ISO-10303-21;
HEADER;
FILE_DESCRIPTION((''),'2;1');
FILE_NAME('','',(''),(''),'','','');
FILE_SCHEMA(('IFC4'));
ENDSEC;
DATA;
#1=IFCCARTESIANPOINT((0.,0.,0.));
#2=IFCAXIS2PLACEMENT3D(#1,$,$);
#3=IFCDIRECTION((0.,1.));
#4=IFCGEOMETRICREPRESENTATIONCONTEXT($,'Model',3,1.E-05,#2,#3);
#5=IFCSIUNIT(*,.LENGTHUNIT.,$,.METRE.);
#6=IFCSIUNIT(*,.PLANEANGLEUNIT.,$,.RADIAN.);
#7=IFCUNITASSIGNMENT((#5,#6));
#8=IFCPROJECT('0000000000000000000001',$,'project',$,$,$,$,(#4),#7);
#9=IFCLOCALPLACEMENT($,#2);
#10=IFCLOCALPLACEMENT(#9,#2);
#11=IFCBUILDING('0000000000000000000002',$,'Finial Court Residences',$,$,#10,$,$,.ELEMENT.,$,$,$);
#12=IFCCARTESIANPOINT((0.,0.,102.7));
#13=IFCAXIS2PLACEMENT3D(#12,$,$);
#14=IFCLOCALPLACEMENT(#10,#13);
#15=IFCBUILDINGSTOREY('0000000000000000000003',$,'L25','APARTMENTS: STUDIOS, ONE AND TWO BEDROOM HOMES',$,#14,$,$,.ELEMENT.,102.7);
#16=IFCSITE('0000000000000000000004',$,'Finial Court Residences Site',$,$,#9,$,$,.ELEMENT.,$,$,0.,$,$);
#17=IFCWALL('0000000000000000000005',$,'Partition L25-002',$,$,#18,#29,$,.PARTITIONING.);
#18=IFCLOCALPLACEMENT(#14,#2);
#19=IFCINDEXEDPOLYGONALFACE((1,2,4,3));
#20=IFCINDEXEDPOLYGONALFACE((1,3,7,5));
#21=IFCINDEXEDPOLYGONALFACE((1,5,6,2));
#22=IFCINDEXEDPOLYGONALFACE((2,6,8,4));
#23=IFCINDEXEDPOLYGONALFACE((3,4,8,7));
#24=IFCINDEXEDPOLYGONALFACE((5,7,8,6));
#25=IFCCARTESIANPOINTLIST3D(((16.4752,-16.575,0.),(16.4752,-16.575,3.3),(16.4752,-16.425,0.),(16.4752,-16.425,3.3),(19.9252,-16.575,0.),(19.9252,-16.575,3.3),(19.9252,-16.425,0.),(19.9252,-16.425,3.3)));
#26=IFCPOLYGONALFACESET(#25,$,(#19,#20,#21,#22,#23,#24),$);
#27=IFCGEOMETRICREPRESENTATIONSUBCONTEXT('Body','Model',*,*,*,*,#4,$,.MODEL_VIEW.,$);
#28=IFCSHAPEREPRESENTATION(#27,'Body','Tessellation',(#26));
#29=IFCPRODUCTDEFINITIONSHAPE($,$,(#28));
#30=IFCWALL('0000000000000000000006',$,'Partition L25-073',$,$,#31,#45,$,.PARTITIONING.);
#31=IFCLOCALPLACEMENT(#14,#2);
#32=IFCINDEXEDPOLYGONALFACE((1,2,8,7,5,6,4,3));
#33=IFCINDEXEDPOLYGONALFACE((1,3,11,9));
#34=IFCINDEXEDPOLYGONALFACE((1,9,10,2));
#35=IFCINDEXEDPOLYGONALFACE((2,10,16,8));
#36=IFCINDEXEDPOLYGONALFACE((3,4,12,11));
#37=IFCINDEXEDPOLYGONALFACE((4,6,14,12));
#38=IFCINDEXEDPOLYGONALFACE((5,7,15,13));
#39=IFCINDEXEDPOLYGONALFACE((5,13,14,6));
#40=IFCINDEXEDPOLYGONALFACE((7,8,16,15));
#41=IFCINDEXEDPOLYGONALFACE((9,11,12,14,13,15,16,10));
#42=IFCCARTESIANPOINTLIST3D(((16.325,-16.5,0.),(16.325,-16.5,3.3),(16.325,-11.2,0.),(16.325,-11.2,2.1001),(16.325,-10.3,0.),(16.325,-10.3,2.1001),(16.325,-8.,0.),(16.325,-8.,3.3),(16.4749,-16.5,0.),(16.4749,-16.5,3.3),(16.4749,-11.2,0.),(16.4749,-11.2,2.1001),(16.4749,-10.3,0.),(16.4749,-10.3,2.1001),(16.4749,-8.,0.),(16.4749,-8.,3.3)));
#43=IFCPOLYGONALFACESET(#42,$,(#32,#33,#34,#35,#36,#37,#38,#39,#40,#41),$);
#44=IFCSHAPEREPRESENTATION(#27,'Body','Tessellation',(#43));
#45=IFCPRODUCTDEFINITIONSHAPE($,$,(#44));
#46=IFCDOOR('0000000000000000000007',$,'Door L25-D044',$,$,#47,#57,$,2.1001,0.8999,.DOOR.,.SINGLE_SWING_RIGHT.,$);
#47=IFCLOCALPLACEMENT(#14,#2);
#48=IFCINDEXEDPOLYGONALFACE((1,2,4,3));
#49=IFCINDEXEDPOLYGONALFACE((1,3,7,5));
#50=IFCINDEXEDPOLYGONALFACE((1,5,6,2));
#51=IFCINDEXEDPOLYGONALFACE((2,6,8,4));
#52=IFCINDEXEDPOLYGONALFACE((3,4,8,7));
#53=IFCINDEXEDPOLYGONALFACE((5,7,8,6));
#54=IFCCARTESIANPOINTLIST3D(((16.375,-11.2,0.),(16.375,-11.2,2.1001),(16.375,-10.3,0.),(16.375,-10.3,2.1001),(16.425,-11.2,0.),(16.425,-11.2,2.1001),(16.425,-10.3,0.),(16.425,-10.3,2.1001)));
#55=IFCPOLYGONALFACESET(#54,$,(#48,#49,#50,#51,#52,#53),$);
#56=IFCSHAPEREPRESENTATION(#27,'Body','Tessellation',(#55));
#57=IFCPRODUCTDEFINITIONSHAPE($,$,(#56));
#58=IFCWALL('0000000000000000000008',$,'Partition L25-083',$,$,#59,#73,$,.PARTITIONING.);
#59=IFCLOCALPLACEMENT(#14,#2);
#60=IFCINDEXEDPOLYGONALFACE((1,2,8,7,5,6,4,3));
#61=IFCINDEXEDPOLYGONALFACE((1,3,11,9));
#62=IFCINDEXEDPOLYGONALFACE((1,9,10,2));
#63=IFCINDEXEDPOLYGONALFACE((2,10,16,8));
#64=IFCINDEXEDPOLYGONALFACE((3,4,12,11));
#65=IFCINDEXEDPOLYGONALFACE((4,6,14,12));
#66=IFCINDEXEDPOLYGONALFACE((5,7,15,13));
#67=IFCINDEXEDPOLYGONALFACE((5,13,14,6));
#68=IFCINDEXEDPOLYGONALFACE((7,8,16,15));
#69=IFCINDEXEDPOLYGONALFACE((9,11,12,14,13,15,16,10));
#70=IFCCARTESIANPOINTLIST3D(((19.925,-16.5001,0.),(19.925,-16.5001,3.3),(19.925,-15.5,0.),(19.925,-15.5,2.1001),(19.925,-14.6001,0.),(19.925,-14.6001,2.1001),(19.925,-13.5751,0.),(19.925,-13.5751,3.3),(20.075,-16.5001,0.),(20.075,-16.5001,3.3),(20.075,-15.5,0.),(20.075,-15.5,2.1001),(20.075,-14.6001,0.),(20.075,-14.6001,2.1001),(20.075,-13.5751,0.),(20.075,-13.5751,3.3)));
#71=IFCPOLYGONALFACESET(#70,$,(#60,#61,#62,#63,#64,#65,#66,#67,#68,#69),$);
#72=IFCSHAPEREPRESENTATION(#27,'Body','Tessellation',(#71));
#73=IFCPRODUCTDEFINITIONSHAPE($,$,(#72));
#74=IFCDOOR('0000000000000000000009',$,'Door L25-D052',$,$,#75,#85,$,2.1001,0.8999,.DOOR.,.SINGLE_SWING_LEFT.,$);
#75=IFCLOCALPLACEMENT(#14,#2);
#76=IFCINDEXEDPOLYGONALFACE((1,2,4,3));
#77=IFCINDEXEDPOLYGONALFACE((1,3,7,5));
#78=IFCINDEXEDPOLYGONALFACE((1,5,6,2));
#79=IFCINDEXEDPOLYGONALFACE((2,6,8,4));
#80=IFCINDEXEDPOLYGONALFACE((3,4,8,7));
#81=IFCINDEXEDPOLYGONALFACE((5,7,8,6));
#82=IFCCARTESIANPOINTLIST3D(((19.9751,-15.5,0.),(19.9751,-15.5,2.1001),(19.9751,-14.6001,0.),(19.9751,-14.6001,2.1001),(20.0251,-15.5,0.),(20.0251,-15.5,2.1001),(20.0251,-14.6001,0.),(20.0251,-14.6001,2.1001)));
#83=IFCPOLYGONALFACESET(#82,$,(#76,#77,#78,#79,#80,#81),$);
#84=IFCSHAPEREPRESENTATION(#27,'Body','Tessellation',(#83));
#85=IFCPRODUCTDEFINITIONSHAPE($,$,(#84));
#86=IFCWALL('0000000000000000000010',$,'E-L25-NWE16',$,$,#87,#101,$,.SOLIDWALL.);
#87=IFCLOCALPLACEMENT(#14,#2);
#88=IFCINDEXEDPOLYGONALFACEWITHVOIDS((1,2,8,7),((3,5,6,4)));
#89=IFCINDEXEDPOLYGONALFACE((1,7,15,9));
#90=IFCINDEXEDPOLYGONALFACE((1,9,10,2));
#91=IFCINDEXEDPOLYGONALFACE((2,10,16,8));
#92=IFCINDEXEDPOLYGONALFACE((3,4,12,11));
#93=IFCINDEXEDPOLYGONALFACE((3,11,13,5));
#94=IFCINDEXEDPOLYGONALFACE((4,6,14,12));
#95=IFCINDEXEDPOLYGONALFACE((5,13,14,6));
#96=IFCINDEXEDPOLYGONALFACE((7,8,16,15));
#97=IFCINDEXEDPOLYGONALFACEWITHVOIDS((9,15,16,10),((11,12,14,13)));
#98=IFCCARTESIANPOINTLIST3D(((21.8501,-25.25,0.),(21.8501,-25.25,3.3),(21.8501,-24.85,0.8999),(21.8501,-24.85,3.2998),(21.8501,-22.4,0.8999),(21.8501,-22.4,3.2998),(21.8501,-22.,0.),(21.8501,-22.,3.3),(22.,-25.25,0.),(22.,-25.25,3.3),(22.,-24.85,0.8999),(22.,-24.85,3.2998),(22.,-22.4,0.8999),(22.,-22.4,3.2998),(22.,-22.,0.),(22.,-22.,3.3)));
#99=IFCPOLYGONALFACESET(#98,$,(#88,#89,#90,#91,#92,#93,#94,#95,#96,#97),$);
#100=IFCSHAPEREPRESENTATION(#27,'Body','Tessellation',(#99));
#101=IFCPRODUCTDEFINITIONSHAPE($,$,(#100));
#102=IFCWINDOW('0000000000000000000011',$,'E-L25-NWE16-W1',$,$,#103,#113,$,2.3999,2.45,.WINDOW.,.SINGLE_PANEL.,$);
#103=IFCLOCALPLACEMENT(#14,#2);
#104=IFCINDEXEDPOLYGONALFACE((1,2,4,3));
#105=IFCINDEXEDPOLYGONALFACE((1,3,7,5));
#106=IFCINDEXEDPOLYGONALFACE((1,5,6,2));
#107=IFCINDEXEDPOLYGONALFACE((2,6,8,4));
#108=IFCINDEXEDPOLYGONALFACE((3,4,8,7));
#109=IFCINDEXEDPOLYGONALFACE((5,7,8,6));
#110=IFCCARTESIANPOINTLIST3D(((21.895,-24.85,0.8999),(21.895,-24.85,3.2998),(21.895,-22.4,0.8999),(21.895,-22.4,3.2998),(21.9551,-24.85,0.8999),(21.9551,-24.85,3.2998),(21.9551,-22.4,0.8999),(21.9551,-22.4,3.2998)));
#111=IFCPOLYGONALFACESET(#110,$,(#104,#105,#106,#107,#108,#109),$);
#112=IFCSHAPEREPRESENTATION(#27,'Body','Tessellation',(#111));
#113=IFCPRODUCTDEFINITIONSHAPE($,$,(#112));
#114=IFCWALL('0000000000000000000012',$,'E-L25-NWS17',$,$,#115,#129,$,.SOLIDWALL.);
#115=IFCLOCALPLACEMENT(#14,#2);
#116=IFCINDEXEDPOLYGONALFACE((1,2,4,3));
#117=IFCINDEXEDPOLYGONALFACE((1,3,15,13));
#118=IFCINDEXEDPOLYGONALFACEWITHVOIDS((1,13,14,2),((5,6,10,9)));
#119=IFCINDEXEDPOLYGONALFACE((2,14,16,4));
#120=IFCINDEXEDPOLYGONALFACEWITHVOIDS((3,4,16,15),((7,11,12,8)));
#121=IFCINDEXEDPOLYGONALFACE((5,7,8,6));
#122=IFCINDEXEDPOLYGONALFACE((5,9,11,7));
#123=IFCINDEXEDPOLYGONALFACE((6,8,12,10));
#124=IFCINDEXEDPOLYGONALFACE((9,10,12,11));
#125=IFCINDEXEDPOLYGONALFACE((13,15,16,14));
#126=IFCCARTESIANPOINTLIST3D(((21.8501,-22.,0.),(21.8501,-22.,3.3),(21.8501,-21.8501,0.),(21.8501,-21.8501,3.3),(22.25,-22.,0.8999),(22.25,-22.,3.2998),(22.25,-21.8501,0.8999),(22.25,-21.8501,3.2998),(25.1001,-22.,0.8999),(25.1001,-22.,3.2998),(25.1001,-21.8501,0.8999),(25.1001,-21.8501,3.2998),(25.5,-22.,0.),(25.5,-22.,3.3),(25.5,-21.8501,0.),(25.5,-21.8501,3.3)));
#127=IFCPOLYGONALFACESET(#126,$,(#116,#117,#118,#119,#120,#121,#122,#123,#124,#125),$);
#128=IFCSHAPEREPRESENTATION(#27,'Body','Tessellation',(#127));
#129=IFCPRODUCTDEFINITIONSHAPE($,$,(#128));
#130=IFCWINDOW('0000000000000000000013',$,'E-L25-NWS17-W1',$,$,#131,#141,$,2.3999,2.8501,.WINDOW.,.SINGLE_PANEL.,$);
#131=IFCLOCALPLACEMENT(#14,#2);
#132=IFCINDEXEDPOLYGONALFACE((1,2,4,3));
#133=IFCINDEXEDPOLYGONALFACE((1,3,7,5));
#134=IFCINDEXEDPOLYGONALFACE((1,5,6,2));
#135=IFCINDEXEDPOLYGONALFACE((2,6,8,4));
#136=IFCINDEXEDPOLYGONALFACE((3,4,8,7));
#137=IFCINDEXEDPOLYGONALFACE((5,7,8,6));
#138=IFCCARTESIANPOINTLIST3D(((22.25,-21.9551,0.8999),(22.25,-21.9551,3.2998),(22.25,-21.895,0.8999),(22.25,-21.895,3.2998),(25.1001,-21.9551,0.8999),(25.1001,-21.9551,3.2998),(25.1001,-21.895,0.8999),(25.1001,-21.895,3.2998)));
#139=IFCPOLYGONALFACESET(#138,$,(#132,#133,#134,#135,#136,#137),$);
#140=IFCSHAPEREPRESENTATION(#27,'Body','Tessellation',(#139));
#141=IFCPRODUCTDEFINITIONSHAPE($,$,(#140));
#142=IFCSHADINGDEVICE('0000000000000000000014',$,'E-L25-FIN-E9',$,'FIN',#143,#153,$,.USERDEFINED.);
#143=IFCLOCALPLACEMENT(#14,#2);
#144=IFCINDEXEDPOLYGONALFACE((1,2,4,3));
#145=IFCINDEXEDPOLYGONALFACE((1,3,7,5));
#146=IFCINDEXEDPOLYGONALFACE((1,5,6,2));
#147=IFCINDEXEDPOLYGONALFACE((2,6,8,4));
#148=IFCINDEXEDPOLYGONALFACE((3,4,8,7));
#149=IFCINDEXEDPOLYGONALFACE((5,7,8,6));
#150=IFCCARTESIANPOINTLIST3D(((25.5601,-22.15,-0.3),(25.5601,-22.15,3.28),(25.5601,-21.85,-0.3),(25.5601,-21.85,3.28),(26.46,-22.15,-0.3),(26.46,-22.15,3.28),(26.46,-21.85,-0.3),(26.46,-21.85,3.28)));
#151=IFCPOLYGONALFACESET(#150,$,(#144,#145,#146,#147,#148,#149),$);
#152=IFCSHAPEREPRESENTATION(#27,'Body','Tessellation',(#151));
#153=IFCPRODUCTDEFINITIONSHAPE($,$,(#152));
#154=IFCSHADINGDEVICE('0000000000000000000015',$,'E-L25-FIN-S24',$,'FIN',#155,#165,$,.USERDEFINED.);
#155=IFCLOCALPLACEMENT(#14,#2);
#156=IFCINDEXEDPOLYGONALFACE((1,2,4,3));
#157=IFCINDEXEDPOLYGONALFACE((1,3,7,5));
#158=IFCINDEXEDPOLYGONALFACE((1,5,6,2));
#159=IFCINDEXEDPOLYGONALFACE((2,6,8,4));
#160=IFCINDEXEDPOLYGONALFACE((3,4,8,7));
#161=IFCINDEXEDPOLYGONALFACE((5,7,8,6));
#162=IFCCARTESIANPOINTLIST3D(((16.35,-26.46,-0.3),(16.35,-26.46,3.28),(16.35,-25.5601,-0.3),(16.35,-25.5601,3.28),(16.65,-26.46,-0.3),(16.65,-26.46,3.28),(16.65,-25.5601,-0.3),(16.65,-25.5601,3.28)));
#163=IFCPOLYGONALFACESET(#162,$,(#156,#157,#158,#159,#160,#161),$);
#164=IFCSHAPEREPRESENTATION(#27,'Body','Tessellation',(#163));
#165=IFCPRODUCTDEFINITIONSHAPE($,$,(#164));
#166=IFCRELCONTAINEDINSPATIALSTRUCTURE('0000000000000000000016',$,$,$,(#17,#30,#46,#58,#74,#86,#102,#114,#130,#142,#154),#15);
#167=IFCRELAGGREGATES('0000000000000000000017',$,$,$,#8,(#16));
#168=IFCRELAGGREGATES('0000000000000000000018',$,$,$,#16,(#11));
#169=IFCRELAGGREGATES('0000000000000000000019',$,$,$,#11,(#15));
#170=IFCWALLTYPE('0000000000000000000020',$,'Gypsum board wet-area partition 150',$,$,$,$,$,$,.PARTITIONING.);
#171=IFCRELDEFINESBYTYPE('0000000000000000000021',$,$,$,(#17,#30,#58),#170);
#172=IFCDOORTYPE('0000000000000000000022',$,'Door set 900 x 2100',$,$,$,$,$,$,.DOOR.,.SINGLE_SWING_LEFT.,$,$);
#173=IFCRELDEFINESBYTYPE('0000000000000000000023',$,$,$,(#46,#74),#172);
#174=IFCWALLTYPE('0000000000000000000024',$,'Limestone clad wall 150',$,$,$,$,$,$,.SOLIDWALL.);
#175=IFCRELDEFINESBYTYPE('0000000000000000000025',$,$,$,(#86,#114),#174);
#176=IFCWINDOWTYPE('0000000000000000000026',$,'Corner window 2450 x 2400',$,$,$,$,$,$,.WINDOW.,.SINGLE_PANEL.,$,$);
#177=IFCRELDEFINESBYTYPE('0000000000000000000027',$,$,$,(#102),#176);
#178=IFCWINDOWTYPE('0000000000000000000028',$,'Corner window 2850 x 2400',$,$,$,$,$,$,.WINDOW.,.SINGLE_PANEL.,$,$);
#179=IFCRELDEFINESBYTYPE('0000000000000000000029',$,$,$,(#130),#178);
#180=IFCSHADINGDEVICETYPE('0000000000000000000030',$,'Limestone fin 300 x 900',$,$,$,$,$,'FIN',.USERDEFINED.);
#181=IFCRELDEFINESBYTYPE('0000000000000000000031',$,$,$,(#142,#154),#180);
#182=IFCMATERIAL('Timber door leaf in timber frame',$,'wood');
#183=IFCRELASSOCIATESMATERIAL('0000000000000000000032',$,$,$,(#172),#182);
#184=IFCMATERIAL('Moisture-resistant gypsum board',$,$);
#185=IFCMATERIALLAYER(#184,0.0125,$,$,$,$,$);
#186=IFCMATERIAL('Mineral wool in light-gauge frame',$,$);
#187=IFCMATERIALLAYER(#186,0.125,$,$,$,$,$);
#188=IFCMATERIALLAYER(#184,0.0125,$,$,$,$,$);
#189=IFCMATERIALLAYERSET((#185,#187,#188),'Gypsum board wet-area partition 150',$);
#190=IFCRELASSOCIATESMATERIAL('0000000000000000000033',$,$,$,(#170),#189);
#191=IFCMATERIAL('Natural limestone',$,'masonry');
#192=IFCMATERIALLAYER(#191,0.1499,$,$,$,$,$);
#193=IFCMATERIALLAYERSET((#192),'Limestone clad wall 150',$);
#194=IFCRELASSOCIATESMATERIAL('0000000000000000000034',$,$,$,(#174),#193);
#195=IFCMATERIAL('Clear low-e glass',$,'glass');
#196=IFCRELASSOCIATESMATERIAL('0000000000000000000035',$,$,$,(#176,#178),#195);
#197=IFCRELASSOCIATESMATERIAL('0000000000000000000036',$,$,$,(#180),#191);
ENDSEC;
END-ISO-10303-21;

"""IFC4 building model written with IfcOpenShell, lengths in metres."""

from ifc_helpers import new_model, si_unit, direction, frame, frame_2d, origin, origin_2d, place, context, subcontext, project, spatial, rectangle, extrude, material, layer, layer_set, type_object, element, fill, save


model = new_model("IFC4")

# Units and contexts
model_context = context("Model", 3, precision=1e-05, world=origin(), true_north=direction((0.0, 1.0)))
body_context = subcontext(model_context, "Body", "Model", "MODEL_VIEW")
ifc_project = project(units=[si_unit("LENGTHUNIT", "METRE"), si_unit("PLANEANGLEUNIT", "RADIAN")], contexts=[model_context])

# Site, building, storey
site_placement = place(None, origin())
site = spatial("IfcSite", under=ifc_project, at=site_placement, Name="Finial Court Residences Site", CompositionType="ELEMENT", RefElevation=0.0)
building_placement = place(site_placement, origin())
building = spatial("IfcBuilding", under=site, at=building_placement, Name="Finial Court Residences", CompositionType="ELEMENT")
storey_placement = place(building_placement, frame((0.0, 0.0, 102.7)))
storey = spatial("IfcBuildingStorey", under=building, at=storey_placement, Name="L25", Description="APARTMENTS: STUDIOS, ONE AND TWO BEDROOM HOMES", CompositionType="ELEMENT", Elevation=102.7)

# Shared definitions
ifc_material_1 = material(Name="Clear low-e glass", Category="glass")

# Shared definitions
ifc_material_2 = material(Name="Mineral wool in light-gauge frame")

# Shared definitions
ifc_material_3 = material(Name="Timber door leaf in timber frame", Category="wood")
door_type = type_object("IfcDoorType", Name="Door set 900 x 2100", OperationType="SINGLE_SWING_LEFT", PredefinedType="DOOR", material=ifc_material_3)

# Wall
ifc_material_4 = material(Name="Moisture-resistant gypsum board")
ifc_layer_1 = layer(ifc_material_4, 0.0125)
ifc_layer_2 = layer(ifc_material_2, 0.125)
ifc_layer_3 = layer(ifc_material_4, 0.0125)
ifc_layer_set_1 = layer_set([ifc_layer_1, ifc_layer_2, ifc_layer_3], Name="Gypsum board wet-area partition 150")
wall_type_1 = type_object("IfcWallType", Name="Gypsum board wet-area partition 150", PredefinedType="PARTITIONING", material=ifc_layer_set_1)
wall_1_placement = place(storey_placement, frame((16.4751, -16.5, 0.0), z_axis=(0.0, 0.0, 1.0), x_axis=(1.0, 0.0, 0.0)))
element("IfcWall", 1, at=wall_1_placement, inside=storey, type_object=wall_type_1, Name="Partition L25-002", PredefinedType="PARTITIONING", context=body_context, shape_type="SweptSolid", body=[
    extrude(rectangle(XDim=3.45, YDim=0.1499, at=frame_2d((1.7251, 0.0))), origin(), (0.0, 0.0, 1.0), 3.3),
])

# Walls, openings, doors
wall_2_placement = place(storey_placement, frame((16.3999, -16.5, 0.0), z_axis=(0.0, 0.0, 1.0), x_axis=(0.0, 1.0, 0.0)))
wall_2 = element("IfcWall", 2, at=wall_2_placement, inside=storey, type_object=wall_type_1, Name="Partition L25-073", PredefinedType="PARTITIONING", context=body_context, shape_type="SweptSolid", body=[
    extrude(rectangle(XDim=8.5, YDim=0.1499, at=frame_2d((4.25, 0.0))), origin(), (0.0, 0.0, 1.0), 3.3),
])
opening_1_placement = place(wall_2_placement, frame((5.3, 0.0, 0.0)))
opening_1 = element("IfcOpeningElement", 3, at=opening_1_placement, cuts=wall_2, PredefinedType="OPENING", context=body_context, shape_type="SweptSolid", body=[
    extrude(rectangle(XDim=0.8999, YDim=2.1001, at=frame_2d((0.45, 1.05))), frame((0.0, 0.085, 0.0), z_axis=(0.0, -1.0, 0.0), x_axis=(1.0, 0.0, 0.0)), (0.0, 0.0, 1.0), 0.1699),
])
door_1_placement = place(opening_1_placement, origin())
door_1 = element("IfcDoor", 4, at=door_1_placement, inside=storey, type_object=door_type, Name="Door L25-D044", OperationType="SINGLE_SWING_RIGHT", OverallHeight=2.1001, OverallWidth=0.8999, PredefinedType="DOOR", context=body_context, shape_type="SweptSolid", body=[
    extrude(rectangle(XDim=0.8999, YDim=2.1001, at=frame_2d((0.45, 1.05))), frame((0.0, 0.0249, 0.0), z_axis=(0.0, -1.0, 0.0), x_axis=(1.0, 0.0, 0.0)), (0.0, 0.0, 1.0), 0.05),
])
fill(opening_1, door_1)
wall_3_placement = place(storey_placement, frame((20.0, -16.5, 0.0), z_axis=(0.0, 0.0, 1.0), x_axis=(0.0, 1.0, 0.0)))
wall_3 = element("IfcWall", 5, at=wall_3_placement, inside=storey, type_object=wall_type_1, Name="Partition L25-083", PredefinedType="PARTITIONING", context=body_context, shape_type="SweptSolid", body=[
    extrude(rectangle(XDim=2.925, YDim=0.1499, at=frame_2d((1.4624, 0.0))), origin(), (0.0, 0.0, 1.0), 3.3),
])
opening_2_placement = place(wall_3_placement, frame((1.0, 0.0, 0.0)))
opening_2 = element("IfcOpeningElement", 6, at=opening_2_placement, cuts=wall_3, PredefinedType="OPENING", context=body_context, shape_type="SweptSolid", body=[
    extrude(rectangle(XDim=0.8999, YDim=2.1001, at=frame_2d((0.45, 1.05))), frame((0.0, 0.085, 0.0), z_axis=(0.0, -1.0, 0.0), x_axis=(1.0, 0.0, 0.0)), (0.0, 0.0, 1.0), 0.1699),
])
door_2_placement = place(opening_2_placement, origin())
door_2 = element("IfcDoor", 7, at=door_2_placement, inside=storey, type_object=door_type, Name="Door L25-D052", OperationType="SINGLE_SWING_LEFT", OverallHeight=2.1001, OverallWidth=0.8999, PredefinedType="DOOR", context=body_context, shape_type="SweptSolid", body=[
    extrude(rectangle(XDim=0.8999, YDim=2.1001, at=frame_2d((0.45, 1.05))), frame((0.0, 0.0249, 0.0), z_axis=(0.0, -1.0, 0.0), x_axis=(1.0, 0.0, 0.0)), (0.0, 0.0, 1.0), 0.05),
])
fill(opening_2, door_2)

# Walls, openings, windows
ifc_material_5 = material(Name="Natural limestone", Category="masonry")
ifc_layer_4 = layer(ifc_material_5, 0.1499)
ifc_layer_set_2 = layer_set([ifc_layer_4], Name="Limestone clad wall 150")
wall_type_2 = type_object("IfcWallType", Name="Limestone clad wall 150", PredefinedType="SOLIDWALL", material=ifc_layer_set_2)
wall_4_placement = place(storey_placement, frame((21.925, -22.0, 0.0), z_axis=(0.0, 0.0, 1.0), x_axis=(0.0, -1.0, 0.0)))
wall_4 = element("IfcWall", 8, at=wall_4_placement, inside=storey, type_object=wall_type_2, Name="E-L25-NWE16", PredefinedType="SOLIDWALL", context=body_context, shape_type="SweptSolid", body=[
    extrude(rectangle(XDim=3.25, YDim=0.1499, at=frame_2d((1.625, 0.0))), origin(), (0.0, 0.0, 1.0), 3.3),
])
opening_3_placement = place(wall_4_placement, frame((0.3999, 0.0, 0.8999)))
opening_3 = element("IfcOpeningElement", 9, at=opening_3_placement, cuts=wall_4, PredefinedType="OPENING", context=body_context, shape_type="SweptSolid", body=[
    extrude(rectangle(XDim=2.45, YDim=2.3999, at=frame_2d((1.2251, 1.2))), frame((0.0, 0.085, 0.0), z_axis=(0.0, -1.0, 0.0), x_axis=(1.0, 0.0, 0.0)), (0.0, 0.0, 1.0), 0.1699),
])
window_type_1 = type_object("IfcWindowType", Name="Corner window 2450 x 2400", PartitioningType="SINGLE_PANEL", PredefinedType="WINDOW", material=ifc_material_1)
window_1_placement = place(opening_3_placement, origin())
window_1 = element("IfcWindow", 10, at=window_1_placement, inside=storey, type_object=window_type_1, Name="E-L25-NWE16-W1", OverallHeight=2.3999, OverallWidth=2.45, PartitioningType="SINGLE_PANEL", PredefinedType="WINDOW", context=body_context, shape_type="SweptSolid", body=[
    extrude(rectangle(XDim=2.45, YDim=2.3999, at=frame_2d((1.2251, 1.2))), frame((0.0, 0.03, 0.0), z_axis=(0.0, -1.0, 0.0), x_axis=(1.0, 0.0, 0.0)), (0.0, 0.0, 1.0), 0.0601),
])
fill(opening_3, window_1)
wall_5_placement = place(storey_placement, frame((25.5, -21.925, 0.0), z_axis=(0.0, 0.0, 1.0), x_axis=(-1.0, 0.0, 0.0)))
wall_5 = element("IfcWall", 11, at=wall_5_placement, inside=storey, type_object=wall_type_2, Name="E-L25-NWS17", PredefinedType="SOLIDWALL", context=body_context, shape_type="SweptSolid", body=[
    extrude(rectangle(XDim=3.6499, YDim=0.1499, at=frame_2d((1.825, 0.0))), origin(), (0.0, 0.0, 1.0), 3.3),
])
opening_4_placement = place(wall_5_placement, frame((0.3999, 0.0, 0.8999)))
opening_4 = element("IfcOpeningElement", 12, at=opening_4_placement, cuts=wall_5, PredefinedType="OPENING", context=body_context, shape_type="SweptSolid", body=[
    extrude(rectangle(XDim=2.8501, YDim=2.3999, at=frame_2d((1.425, 1.2))), frame((0.0, 0.085, 0.0), z_axis=(0.0, -1.0, 0.0), x_axis=(1.0, 0.0, 0.0)), (0.0, 0.0, 1.0), 0.1699),
])
window_type_2 = type_object("IfcWindowType", Name="Corner window 2850 x 2400", PartitioningType="SINGLE_PANEL", PredefinedType="WINDOW", material=ifc_material_1)
window_2_placement = place(opening_4_placement, origin())
window_2 = element("IfcWindow", 13, at=window_2_placement, inside=storey, type_object=window_type_2, Name="E-L25-NWS17-W1", OverallHeight=2.3999, OverallWidth=2.8501, PartitioningType="SINGLE_PANEL", PredefinedType="WINDOW", context=body_context, shape_type="SweptSolid", body=[
    extrude(rectangle(XDim=2.8501, YDim=2.3999, at=frame_2d((1.425, 1.2))), frame((0.0, 0.03, 0.0), z_axis=(0.0, -1.0, 0.0), x_axis=(1.0, 0.0, 0.0)), (0.0, 0.0, 1.0), 0.0601),
])
fill(opening_4, window_2)

# Shading devices
shading_device_type = type_object("IfcShadingDeviceType", Name="Limestone fin 300 x 900", ElementType="FIN", PredefinedType="USERDEFINED", material=ifc_material_5)
shading_device_placement = place(storey_placement, frame((26.01, -22.0, -0.3), z_axis=(0.0, 0.0, 1.0), x_axis=(1.0, 0.0, 0.0)))
element("IfcShadingDevice", 14, at=shading_device_placement, inside=storey, type_object=shading_device_type, Name="E-L25-FIN-E9", ObjectType="FIN", PredefinedType="USERDEFINED", context=body_context, shape_type="SweptSolid", body=[
    extrude(rectangle(XDim=0.8999, YDim=0.3, at=origin_2d()), origin(), (0.0, 0.0, 1.0), 3.5801),
])
for number, where, z_axis, x_axis, name in (
    (15, (16.5, -26.01, -0.3), (0.0, 0.0, 1.0), (1.0, 0.0, 0.0), "E-L25-FIN-S24"),
):
    element("IfcShadingDevice", number, at=place(storey_placement, frame(where, z_axis=z_axis, x_axis=x_axis)), inside=storey, type_object=shading_device_type, Name=name, ObjectType="FIN", PredefinedType="USERDEFINED", context=body_context, shape_type="SweptSolid", body=[
        extrude(rectangle(XDim=0.3, YDim=0.8999, at=origin_2d()), origin(), (0.0, 0.0, 1.0), 3.5801),
    ])

save(model, "model.ifc")
